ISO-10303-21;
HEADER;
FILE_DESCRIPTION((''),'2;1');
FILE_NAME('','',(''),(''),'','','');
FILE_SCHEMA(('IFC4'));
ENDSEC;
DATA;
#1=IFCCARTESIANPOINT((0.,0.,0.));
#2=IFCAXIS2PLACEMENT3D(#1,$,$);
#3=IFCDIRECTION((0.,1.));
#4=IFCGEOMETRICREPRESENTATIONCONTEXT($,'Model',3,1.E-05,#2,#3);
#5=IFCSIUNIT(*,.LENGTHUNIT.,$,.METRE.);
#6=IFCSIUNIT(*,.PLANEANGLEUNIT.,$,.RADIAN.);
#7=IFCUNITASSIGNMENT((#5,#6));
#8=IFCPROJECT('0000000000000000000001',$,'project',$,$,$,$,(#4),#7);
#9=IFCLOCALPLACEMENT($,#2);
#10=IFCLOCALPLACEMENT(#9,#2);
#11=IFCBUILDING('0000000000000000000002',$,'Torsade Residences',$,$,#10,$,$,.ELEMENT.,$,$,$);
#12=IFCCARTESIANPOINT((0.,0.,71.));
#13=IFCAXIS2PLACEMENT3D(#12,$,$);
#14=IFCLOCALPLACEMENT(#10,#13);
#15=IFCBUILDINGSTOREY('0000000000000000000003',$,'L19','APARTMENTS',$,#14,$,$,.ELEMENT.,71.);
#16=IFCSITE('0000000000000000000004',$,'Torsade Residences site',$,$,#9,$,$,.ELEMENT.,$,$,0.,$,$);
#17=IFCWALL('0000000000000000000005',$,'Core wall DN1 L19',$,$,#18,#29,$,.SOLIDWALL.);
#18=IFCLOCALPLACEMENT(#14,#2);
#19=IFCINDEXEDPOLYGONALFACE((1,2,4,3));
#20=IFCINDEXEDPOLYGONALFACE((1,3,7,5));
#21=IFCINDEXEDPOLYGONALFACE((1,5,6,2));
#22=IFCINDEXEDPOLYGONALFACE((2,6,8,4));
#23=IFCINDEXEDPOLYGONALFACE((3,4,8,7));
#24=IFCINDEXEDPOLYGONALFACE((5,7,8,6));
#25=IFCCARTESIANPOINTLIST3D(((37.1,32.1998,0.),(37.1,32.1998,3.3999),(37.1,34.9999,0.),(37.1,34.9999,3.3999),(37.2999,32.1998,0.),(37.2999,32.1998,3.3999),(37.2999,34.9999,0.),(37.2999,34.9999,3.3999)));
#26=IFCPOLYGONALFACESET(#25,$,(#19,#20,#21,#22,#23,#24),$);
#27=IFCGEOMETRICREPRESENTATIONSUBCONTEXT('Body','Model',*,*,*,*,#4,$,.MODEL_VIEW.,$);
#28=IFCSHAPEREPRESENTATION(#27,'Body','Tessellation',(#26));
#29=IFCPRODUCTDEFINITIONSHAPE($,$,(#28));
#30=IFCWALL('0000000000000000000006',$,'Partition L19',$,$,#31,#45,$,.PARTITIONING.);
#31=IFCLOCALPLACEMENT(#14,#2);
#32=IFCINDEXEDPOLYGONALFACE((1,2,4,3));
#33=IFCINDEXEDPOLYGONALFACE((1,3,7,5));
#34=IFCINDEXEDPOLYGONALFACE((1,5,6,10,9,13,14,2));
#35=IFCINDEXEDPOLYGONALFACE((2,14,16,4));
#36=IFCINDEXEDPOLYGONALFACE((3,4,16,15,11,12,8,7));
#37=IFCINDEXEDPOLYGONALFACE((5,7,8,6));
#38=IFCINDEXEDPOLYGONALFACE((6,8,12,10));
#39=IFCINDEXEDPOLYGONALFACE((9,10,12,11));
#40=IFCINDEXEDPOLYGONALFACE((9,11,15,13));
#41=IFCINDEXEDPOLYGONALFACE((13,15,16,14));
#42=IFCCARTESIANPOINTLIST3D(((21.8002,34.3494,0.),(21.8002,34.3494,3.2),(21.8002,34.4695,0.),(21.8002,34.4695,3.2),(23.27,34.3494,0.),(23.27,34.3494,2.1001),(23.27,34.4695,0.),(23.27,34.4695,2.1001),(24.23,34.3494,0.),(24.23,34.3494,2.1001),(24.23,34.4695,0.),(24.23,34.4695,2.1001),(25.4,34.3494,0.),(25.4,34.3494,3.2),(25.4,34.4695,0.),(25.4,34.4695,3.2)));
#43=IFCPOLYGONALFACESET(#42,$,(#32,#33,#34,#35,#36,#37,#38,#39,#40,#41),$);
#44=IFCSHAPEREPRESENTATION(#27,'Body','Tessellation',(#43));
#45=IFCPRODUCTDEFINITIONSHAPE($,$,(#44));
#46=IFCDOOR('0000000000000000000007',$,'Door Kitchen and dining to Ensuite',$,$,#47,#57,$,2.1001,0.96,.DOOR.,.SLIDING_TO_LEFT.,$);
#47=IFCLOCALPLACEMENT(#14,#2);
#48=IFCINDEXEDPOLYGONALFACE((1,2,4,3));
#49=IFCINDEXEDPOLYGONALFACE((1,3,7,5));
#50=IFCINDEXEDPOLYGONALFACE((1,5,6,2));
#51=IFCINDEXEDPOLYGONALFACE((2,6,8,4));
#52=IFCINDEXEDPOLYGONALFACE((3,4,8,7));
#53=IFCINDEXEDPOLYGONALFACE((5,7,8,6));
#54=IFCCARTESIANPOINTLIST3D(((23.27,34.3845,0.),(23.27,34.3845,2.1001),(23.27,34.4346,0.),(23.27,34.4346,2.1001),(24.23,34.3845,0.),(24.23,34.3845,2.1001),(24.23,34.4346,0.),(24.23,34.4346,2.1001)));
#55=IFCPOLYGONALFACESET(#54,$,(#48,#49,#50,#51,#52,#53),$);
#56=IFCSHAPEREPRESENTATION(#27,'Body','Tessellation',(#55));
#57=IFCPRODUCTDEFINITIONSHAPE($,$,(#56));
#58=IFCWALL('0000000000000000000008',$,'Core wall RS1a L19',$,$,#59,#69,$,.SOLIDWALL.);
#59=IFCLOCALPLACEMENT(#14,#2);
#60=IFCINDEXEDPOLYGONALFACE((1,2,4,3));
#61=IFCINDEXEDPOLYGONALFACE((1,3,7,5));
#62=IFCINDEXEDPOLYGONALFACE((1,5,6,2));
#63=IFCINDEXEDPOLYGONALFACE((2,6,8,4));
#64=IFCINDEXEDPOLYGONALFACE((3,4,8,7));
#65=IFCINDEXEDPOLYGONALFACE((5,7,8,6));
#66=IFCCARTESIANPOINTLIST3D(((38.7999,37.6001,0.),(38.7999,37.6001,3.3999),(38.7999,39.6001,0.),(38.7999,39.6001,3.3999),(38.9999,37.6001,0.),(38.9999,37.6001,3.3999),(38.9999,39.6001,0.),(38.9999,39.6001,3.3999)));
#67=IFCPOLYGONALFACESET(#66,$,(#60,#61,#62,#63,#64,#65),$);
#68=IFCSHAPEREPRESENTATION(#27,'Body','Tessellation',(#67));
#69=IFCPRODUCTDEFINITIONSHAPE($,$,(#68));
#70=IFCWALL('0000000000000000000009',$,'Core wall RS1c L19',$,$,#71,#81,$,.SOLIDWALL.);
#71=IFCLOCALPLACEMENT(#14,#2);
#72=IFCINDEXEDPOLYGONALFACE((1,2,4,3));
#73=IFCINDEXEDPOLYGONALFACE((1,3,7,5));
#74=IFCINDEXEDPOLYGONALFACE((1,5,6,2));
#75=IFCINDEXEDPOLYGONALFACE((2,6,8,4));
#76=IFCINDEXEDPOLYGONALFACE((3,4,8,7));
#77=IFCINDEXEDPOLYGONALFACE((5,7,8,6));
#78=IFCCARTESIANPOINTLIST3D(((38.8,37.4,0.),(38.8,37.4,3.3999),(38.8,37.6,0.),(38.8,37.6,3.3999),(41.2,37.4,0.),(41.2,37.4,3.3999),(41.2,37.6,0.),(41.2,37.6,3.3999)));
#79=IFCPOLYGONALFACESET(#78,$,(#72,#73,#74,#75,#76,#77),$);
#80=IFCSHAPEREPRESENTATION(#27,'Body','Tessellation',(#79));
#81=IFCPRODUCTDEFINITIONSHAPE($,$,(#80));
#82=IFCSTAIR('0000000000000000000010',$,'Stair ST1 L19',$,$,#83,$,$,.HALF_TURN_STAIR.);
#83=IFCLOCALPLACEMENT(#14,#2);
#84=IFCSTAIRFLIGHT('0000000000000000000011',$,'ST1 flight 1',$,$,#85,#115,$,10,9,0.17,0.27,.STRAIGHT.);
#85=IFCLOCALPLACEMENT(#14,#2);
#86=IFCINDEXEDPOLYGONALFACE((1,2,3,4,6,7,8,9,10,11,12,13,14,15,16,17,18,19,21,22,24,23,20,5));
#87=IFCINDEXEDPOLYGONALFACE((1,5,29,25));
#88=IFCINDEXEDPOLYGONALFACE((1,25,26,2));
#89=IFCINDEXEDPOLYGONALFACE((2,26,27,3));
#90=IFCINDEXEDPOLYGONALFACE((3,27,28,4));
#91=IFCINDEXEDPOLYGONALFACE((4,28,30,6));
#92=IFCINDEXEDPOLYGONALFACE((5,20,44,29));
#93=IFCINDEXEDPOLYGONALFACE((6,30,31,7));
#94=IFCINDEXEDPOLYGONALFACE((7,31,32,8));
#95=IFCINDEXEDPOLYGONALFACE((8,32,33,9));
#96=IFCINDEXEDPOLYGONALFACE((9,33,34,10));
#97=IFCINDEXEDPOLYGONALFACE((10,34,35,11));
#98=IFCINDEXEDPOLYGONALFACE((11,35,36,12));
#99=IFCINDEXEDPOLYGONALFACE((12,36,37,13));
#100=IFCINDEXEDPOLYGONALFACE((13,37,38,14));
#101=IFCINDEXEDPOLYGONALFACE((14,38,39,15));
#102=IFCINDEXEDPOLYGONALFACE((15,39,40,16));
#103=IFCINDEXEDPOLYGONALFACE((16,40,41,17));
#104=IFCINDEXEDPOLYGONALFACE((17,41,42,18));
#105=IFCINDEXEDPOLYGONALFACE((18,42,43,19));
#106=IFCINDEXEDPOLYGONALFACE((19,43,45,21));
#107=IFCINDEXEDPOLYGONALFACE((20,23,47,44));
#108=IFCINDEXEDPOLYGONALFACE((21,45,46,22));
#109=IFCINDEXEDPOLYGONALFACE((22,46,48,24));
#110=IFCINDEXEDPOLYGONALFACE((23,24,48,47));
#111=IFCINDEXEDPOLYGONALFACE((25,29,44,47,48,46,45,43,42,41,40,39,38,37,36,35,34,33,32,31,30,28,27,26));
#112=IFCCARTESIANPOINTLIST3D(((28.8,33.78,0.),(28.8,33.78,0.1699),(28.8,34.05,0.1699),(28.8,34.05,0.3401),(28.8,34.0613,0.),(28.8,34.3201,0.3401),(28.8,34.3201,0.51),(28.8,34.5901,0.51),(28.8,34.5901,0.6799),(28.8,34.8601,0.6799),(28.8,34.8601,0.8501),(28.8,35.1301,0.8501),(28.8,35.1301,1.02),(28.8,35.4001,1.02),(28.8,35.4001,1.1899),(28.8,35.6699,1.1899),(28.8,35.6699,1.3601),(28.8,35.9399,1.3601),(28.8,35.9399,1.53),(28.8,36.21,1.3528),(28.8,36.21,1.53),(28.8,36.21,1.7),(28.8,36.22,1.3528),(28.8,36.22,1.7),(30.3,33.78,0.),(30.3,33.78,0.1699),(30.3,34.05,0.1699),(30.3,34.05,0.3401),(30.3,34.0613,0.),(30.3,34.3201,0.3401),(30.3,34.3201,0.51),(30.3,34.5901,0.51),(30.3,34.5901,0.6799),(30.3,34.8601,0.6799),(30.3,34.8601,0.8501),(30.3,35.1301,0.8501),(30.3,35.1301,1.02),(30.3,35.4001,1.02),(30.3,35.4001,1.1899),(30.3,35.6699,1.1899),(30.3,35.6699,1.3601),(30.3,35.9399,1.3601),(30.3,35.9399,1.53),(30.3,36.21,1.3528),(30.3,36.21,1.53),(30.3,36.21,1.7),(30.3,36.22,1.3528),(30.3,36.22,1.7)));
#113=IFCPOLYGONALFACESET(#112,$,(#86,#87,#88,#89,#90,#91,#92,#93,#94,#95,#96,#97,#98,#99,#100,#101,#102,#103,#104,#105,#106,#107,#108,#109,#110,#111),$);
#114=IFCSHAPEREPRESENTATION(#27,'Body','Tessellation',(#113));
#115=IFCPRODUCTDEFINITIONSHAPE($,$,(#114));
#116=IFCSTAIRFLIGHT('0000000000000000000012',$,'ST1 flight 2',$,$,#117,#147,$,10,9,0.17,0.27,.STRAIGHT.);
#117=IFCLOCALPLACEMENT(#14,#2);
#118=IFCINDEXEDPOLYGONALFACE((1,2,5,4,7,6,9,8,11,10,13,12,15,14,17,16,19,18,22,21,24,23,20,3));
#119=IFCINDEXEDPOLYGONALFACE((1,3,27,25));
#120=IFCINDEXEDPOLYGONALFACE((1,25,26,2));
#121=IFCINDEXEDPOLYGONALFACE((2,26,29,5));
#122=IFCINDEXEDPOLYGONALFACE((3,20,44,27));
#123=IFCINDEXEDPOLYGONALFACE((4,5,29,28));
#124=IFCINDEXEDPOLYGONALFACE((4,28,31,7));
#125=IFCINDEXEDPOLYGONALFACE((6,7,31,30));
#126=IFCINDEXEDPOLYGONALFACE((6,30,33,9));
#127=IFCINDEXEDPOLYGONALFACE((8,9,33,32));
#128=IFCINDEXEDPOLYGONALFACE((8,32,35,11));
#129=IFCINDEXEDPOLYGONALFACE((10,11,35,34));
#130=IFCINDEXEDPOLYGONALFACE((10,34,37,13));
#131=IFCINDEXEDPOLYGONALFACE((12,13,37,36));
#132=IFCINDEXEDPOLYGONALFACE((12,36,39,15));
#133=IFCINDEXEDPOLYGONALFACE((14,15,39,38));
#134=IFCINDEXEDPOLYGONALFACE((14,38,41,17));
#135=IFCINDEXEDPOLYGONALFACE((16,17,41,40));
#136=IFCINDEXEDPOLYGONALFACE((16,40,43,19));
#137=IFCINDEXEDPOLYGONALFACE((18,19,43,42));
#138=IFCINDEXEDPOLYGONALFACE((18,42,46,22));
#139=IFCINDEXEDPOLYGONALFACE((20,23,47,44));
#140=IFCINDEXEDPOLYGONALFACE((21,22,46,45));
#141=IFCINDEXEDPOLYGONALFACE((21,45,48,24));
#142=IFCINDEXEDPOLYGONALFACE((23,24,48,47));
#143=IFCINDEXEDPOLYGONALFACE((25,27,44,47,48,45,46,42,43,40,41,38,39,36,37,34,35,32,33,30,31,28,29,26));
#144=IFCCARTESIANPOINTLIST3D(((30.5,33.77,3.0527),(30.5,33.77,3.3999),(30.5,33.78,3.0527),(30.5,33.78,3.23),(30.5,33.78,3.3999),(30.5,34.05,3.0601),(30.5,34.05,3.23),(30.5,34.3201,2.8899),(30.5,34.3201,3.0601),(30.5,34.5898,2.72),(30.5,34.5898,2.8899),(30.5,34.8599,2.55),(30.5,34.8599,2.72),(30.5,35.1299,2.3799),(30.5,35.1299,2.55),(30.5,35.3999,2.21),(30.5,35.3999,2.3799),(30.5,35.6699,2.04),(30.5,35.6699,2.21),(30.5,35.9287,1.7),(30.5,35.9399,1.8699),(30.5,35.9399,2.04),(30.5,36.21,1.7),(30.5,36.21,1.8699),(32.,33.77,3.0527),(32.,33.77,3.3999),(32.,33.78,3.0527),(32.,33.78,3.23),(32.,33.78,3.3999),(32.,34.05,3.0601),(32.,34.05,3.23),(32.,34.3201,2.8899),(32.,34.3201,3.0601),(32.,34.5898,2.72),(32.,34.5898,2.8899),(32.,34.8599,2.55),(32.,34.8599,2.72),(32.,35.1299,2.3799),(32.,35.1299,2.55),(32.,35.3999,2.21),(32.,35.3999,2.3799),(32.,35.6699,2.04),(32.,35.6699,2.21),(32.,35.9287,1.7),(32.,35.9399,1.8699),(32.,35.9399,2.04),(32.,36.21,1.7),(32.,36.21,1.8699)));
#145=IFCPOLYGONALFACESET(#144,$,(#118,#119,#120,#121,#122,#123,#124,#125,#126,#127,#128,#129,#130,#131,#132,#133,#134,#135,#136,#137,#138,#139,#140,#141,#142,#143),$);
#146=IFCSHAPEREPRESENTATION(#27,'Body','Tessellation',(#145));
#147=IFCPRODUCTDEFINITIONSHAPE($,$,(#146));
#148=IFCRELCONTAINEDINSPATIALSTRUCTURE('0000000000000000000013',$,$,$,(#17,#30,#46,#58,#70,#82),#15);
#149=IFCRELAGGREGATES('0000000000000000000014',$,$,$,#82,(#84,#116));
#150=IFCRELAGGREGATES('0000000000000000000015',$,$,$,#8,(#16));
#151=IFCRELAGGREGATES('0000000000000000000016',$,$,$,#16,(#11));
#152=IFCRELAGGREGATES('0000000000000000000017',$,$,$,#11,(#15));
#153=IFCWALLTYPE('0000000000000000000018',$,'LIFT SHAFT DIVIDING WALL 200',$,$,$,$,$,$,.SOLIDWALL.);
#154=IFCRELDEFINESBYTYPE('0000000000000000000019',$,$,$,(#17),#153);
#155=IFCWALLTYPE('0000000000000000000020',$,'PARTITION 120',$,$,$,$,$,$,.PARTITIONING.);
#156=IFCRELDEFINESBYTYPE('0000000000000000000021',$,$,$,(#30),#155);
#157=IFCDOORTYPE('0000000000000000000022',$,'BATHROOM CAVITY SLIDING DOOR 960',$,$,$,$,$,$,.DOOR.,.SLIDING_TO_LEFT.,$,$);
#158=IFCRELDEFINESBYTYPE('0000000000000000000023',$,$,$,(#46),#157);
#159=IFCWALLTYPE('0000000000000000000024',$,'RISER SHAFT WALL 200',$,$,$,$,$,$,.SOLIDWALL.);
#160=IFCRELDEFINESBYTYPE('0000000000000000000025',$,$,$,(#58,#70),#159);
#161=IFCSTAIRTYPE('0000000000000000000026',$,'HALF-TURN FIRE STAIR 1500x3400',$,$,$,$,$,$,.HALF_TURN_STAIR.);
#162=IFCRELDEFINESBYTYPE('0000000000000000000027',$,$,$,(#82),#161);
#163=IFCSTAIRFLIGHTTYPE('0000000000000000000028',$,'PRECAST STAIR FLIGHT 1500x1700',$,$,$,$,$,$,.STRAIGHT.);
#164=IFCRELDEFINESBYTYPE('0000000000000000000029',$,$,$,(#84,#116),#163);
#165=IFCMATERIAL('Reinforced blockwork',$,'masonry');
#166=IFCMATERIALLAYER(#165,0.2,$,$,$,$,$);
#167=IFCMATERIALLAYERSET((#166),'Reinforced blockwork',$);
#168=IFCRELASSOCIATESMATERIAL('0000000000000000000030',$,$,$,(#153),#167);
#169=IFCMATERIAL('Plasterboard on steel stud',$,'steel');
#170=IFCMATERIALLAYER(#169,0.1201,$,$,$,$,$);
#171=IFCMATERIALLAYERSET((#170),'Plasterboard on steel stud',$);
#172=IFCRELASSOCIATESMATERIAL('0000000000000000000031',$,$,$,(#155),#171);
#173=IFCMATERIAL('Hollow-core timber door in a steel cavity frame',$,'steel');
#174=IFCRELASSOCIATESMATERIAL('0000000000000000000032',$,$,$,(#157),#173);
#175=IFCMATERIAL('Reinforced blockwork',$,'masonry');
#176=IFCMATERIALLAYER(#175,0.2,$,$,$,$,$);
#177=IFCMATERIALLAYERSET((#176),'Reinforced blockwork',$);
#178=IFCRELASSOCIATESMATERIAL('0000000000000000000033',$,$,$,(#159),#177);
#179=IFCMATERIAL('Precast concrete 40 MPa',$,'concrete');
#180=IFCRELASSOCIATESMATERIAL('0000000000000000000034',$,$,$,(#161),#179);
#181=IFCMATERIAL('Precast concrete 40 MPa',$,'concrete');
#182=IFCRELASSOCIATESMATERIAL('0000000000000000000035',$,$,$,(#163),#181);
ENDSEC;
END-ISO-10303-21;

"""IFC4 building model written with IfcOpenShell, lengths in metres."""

from ifc_helpers import new_model, si_unit, direction, frame, frame_2d, origin, place, context, subcontext, project, spatial, polyline, rectangle, outline, extrude, material, layer, layer_set, type_object, element, fill, aggregate, save


model = new_model("IFC4")

# Units and contexts
model_context = context("Model", 3, precision=1e-05, world=origin(), true_north=direction((0.0, 1.0)))
body_context = subcontext(model_context, "Body", "Model", "MODEL_VIEW")
ifc_project = project(units=[si_unit("LENGTHUNIT", "METRE"), si_unit("PLANEANGLEUNIT", "RADIAN")], contexts=[model_context])

# Site, building, storey
site_placement = place(None, origin())
site = spatial("IfcSite", under=ifc_project, at=site_placement, Name="Torsade Residences site", CompositionType="ELEMENT", RefElevation=0.0)
building_placement = place(site_placement, origin())
building = spatial("IfcBuilding", under=site, at=building_placement, Name="Torsade Residences", CompositionType="ELEMENT")
storey_placement = place(building_placement, frame((0.0, 0.0, 71.0)))
storey = spatial("IfcBuildingStorey", under=building, at=storey_placement, Name="L19", Description="APARTMENTS", CompositionType="ELEMENT", Elevation=71.0)

# Wall
ifc_material_1 = material(Name="Reinforced blockwork", Category="masonry")
ifc_layer_1 = layer(ifc_material_1, 0.2)
ifc_layer_set_1 = layer_set([ifc_layer_1], Name="Reinforced blockwork")
wall_type_1 = type_object("IfcWallType", Name="LIFT SHAFT DIVIDING WALL 200", PredefinedType="SOLIDWALL", material=ifc_layer_set_1)
wall_1_placement = place(storey_placement, frame((37.2, 32.2, 0.0), z_axis=(0.0, 0.0, 1.0), x_axis=(0.0, 1.0, 0.0)))
element("IfcWall", 1, at=wall_1_placement, inside=storey, type_object=wall_type_1, Name="Core wall DN1 L19", PredefinedType="SOLIDWALL", context=body_context, shape_type="SweptSolid", body=[
    extrude(rectangle(XDim=2.8, YDim=0.2, at=frame_2d((1.3999, 0.0))), origin(), (0.0, 0.0, 1.0), 3.3999),
])

# Wall, opening, door
ifc_material_2 = material(Name="Plasterboard on steel stud", Category="steel")
ifc_layer_2 = layer(ifc_material_2, 0.1201)
ifc_layer_set_2 = layer_set([ifc_layer_2], Name="Plasterboard on steel stud")
wall_type_2 = type_object("IfcWallType", Name="PARTITION 120", PredefinedType="PARTITIONING", material=ifc_layer_set_2)
wall_2_placement = place(storey_placement, frame((25.3999, 34.4094, 0.0), z_axis=(0.0, 0.0, 1.0), x_axis=(-1.0, 0.0, 0.0)))
wall_2 = element("IfcWall", 2, at=wall_2_placement, inside=storey, type_object=wall_type_2, Name="Partition L19", PredefinedType="PARTITIONING", context=body_context, shape_type="SweptSolid", body=[
    extrude(rectangle(XDim=3.5999, YDim=0.1201, at=frame_2d((1.7998, 0.0))), origin(), (0.0, 0.0, 1.0), 3.2),
])
opening_1_placement = place(wall_2_placement, frame((1.1699, 0.0, 0.0)))
opening_1 = element("IfcOpeningElement", 3, at=opening_1_placement, cuts=wall_2, PredefinedType="OPENING", context=body_context, shape_type="SweptSolid", body=[
    extrude(rectangle(XDim=0.96, YDim=2.1001, at=frame_2d((0.48, 1.05))), frame((0.0, 0.0701, 0.0), z_axis=(0.0, -1.0, 0.0), x_axis=(1.0, 0.0, 0.0)), (0.0, 0.0, 1.0), 0.1401),
])
ifc_material_3 = material(Name="Hollow-core timber door in a steel cavity frame", Category="steel")
door_type_1 = type_object("IfcDoorType", Name="BATHROOM CAVITY SLIDING DOOR 960", OperationType="SLIDING_TO_LEFT", PredefinedType="DOOR", material=ifc_material_3)
door_1_placement = place(opening_1_placement, origin())
door_1 = element("IfcDoor", 4, at=door_1_placement, inside=storey, type_object=door_type_1, Name="Door Kitchen and dining to Ensuite", OperationType="SLIDING_TO_LEFT", OverallHeight=2.1001, OverallWidth=0.96, PredefinedType="DOOR", context=body_context, shape_type="SweptSolid", body=[
    extrude(rectangle(XDim=0.96, YDim=2.1001, at=frame_2d((0.48, 1.05))), frame((0.0, 0.0249, 0.0), z_axis=(0.0, -1.0, 0.0), x_axis=(1.0, 0.0, 0.0)), (0.0, 0.0, 1.0), 0.05),
])
fill(opening_1, door_1)

# Walls
ifc_material_4 = material(Name="Reinforced blockwork", Category="masonry")
ifc_layer_3 = layer(ifc_material_4, 0.2)
ifc_layer_set_3 = layer_set([ifc_layer_3], Name="Reinforced blockwork")
wall_type_3 = type_object("IfcWallType", Name="RISER SHAFT WALL 200", PredefinedType="SOLIDWALL", material=ifc_layer_set_3)
wall_3_placement = place(storey_placement, frame((38.8999, 37.6001, 0.0), z_axis=(0.0, 0.0, 1.0), x_axis=(0.0, 1.0, 0.0)))
element("IfcWall", 5, at=wall_3_placement, inside=storey, type_object=wall_type_3, Name="Core wall RS1a L19", PredefinedType="SOLIDWALL", context=body_context, shape_type="SweptSolid", body=[
    extrude(rectangle(XDim=2.0, YDim=0.2, at=frame_2d((1.0, 0.0))), origin(), (0.0, 0.0, 1.0), 3.3999),
])
wall_4_placement = place(storey_placement, frame((38.8, 37.5, 0.0), z_axis=(0.0, 0.0, 1.0), x_axis=(1.0, 0.0, 0.0)))
element("IfcWall", 6, at=wall_4_placement, inside=storey, type_object=wall_type_3, Name="Core wall RS1c L19", PredefinedType="SOLIDWALL", context=body_context, shape_type="SweptSolid", body=[
    extrude(rectangle(XDim=2.3999, YDim=0.2, at=frame_2d((1.2, 0.0))), origin(), (0.0, 0.0, 1.0), 3.3999),
])

# Stair, stair flights
ifc_material_5 = material(Name="Precast concrete 40 MPa", Category="concrete")
stair_type = type_object("IfcStairType", Name="HALF-TURN FIRE STAIR 1500x3400", PredefinedType="HALF_TURN_STAIR", material=ifc_material_5)
stair_placement = place(storey_placement, origin())
stair = element("IfcStair", 7, at=stair_placement, inside=storey, type_object=stair_type, Name="Stair ST1 L19", PredefinedType="HALF_TURN_STAIR")
ifc_material_6 = material(Name="Precast concrete 40 MPa", Category="concrete")
stair_flight_type = type_object("IfcStairFlightType", Name="PRECAST STAIR FLIGHT 1500x1700", PredefinedType="STRAIGHT", material=ifc_material_6)
stair_flight_1_placement = place(storey_placement, frame((29.55, 33.78, 0.0), z_axis=(0.0, 0.0, 1.0), x_axis=(0.0, 1.0, 0.0)))
stair_flight_1 = element("IfcStairFlight", 8, at=stair_flight_1_placement, type_object=stair_flight_type, Name="ST1 flight 1", NumberOfRisers=10, NumberOfTreads=9, PredefinedType="STRAIGHT", RiserHeight=0.17, TreadLength=0.27, context=body_context, shape_type="SweptSolid", body=[
    extrude(outline(polyline([(0.0, 0.0), (0.0, 0.1699), (0.27, 0.1699), (0.27, 0.3401), (0.54, 0.3401), (0.54, 0.51), (0.8101, 0.51), (0.8101, 0.6799), (1.0801, 0.6799), (1.0801, 0.8501), (1.3501, 0.8501), (1.3501, 1.02), (1.6201, 1.02), (1.6201, 1.1899), (1.8899, 1.1899), (1.8899, 1.3601), (2.1599, 1.3601), (2.1599, 1.53), (2.4299, 1.53), (2.4299, 1.7), (2.4399, 1.7), (2.4399, 1.3528), (2.4299, 1.3528), (0.2812, 0.0), (0.0, 0.0)])), frame((0.0, 0.75, 0.0), z_axis=(0.0, -1.0, 0.0), x_axis=(1.0, 0.0, 0.0)), (0.0, 0.0, 1.0), 1.5),
])
stair_flight_2_placement = place(storey_placement, frame((31.25, 36.21, 1.7), z_axis=(0.0, 0.0, 1.0), x_axis=(0.0, -1.0, 0.0)))
stair_flight_2 = element("IfcStairFlight", 9, at=stair_flight_2_placement, type_object=stair_flight_type, Name="ST1 flight 2", NumberOfRisers=10, NumberOfTreads=9, PredefinedType="STRAIGHT", RiserHeight=0.17, TreadLength=0.27, context=body_context, shape_type="SweptSolid", body=[
    extrude(outline(polyline([(0.0, 0.0), (0.0, 0.1699), (0.27, 0.1699), (0.27, 0.3401), (0.54, 0.3401), (0.54, 0.51), (0.8101, 0.51), (0.8101, 0.6799), (1.0801, 0.6799), (1.0801, 0.8501), (1.3501, 0.8501), (1.3501, 1.02), (1.6201, 1.02), (1.6201, 1.1899), (1.8899, 1.1899), (1.8899, 1.3601), (2.1599, 1.3601), (2.1599, 1.53), (2.4299, 1.53), (2.4299, 1.7), (2.4399, 1.7), (2.4399, 1.3528), (2.4299, 1.3528), (0.2812, 0.0), (0.0, 0.0)])), frame((0.0, 0.75, 0.0), z_axis=(0.0, -1.0, 0.0), x_axis=(1.0, 0.0, 0.0)), (0.0, 0.0, 1.0), 1.5),
])
aggregate(stair, [stair_flight_1, stair_flight_2])

save(model, "model.ifc")
